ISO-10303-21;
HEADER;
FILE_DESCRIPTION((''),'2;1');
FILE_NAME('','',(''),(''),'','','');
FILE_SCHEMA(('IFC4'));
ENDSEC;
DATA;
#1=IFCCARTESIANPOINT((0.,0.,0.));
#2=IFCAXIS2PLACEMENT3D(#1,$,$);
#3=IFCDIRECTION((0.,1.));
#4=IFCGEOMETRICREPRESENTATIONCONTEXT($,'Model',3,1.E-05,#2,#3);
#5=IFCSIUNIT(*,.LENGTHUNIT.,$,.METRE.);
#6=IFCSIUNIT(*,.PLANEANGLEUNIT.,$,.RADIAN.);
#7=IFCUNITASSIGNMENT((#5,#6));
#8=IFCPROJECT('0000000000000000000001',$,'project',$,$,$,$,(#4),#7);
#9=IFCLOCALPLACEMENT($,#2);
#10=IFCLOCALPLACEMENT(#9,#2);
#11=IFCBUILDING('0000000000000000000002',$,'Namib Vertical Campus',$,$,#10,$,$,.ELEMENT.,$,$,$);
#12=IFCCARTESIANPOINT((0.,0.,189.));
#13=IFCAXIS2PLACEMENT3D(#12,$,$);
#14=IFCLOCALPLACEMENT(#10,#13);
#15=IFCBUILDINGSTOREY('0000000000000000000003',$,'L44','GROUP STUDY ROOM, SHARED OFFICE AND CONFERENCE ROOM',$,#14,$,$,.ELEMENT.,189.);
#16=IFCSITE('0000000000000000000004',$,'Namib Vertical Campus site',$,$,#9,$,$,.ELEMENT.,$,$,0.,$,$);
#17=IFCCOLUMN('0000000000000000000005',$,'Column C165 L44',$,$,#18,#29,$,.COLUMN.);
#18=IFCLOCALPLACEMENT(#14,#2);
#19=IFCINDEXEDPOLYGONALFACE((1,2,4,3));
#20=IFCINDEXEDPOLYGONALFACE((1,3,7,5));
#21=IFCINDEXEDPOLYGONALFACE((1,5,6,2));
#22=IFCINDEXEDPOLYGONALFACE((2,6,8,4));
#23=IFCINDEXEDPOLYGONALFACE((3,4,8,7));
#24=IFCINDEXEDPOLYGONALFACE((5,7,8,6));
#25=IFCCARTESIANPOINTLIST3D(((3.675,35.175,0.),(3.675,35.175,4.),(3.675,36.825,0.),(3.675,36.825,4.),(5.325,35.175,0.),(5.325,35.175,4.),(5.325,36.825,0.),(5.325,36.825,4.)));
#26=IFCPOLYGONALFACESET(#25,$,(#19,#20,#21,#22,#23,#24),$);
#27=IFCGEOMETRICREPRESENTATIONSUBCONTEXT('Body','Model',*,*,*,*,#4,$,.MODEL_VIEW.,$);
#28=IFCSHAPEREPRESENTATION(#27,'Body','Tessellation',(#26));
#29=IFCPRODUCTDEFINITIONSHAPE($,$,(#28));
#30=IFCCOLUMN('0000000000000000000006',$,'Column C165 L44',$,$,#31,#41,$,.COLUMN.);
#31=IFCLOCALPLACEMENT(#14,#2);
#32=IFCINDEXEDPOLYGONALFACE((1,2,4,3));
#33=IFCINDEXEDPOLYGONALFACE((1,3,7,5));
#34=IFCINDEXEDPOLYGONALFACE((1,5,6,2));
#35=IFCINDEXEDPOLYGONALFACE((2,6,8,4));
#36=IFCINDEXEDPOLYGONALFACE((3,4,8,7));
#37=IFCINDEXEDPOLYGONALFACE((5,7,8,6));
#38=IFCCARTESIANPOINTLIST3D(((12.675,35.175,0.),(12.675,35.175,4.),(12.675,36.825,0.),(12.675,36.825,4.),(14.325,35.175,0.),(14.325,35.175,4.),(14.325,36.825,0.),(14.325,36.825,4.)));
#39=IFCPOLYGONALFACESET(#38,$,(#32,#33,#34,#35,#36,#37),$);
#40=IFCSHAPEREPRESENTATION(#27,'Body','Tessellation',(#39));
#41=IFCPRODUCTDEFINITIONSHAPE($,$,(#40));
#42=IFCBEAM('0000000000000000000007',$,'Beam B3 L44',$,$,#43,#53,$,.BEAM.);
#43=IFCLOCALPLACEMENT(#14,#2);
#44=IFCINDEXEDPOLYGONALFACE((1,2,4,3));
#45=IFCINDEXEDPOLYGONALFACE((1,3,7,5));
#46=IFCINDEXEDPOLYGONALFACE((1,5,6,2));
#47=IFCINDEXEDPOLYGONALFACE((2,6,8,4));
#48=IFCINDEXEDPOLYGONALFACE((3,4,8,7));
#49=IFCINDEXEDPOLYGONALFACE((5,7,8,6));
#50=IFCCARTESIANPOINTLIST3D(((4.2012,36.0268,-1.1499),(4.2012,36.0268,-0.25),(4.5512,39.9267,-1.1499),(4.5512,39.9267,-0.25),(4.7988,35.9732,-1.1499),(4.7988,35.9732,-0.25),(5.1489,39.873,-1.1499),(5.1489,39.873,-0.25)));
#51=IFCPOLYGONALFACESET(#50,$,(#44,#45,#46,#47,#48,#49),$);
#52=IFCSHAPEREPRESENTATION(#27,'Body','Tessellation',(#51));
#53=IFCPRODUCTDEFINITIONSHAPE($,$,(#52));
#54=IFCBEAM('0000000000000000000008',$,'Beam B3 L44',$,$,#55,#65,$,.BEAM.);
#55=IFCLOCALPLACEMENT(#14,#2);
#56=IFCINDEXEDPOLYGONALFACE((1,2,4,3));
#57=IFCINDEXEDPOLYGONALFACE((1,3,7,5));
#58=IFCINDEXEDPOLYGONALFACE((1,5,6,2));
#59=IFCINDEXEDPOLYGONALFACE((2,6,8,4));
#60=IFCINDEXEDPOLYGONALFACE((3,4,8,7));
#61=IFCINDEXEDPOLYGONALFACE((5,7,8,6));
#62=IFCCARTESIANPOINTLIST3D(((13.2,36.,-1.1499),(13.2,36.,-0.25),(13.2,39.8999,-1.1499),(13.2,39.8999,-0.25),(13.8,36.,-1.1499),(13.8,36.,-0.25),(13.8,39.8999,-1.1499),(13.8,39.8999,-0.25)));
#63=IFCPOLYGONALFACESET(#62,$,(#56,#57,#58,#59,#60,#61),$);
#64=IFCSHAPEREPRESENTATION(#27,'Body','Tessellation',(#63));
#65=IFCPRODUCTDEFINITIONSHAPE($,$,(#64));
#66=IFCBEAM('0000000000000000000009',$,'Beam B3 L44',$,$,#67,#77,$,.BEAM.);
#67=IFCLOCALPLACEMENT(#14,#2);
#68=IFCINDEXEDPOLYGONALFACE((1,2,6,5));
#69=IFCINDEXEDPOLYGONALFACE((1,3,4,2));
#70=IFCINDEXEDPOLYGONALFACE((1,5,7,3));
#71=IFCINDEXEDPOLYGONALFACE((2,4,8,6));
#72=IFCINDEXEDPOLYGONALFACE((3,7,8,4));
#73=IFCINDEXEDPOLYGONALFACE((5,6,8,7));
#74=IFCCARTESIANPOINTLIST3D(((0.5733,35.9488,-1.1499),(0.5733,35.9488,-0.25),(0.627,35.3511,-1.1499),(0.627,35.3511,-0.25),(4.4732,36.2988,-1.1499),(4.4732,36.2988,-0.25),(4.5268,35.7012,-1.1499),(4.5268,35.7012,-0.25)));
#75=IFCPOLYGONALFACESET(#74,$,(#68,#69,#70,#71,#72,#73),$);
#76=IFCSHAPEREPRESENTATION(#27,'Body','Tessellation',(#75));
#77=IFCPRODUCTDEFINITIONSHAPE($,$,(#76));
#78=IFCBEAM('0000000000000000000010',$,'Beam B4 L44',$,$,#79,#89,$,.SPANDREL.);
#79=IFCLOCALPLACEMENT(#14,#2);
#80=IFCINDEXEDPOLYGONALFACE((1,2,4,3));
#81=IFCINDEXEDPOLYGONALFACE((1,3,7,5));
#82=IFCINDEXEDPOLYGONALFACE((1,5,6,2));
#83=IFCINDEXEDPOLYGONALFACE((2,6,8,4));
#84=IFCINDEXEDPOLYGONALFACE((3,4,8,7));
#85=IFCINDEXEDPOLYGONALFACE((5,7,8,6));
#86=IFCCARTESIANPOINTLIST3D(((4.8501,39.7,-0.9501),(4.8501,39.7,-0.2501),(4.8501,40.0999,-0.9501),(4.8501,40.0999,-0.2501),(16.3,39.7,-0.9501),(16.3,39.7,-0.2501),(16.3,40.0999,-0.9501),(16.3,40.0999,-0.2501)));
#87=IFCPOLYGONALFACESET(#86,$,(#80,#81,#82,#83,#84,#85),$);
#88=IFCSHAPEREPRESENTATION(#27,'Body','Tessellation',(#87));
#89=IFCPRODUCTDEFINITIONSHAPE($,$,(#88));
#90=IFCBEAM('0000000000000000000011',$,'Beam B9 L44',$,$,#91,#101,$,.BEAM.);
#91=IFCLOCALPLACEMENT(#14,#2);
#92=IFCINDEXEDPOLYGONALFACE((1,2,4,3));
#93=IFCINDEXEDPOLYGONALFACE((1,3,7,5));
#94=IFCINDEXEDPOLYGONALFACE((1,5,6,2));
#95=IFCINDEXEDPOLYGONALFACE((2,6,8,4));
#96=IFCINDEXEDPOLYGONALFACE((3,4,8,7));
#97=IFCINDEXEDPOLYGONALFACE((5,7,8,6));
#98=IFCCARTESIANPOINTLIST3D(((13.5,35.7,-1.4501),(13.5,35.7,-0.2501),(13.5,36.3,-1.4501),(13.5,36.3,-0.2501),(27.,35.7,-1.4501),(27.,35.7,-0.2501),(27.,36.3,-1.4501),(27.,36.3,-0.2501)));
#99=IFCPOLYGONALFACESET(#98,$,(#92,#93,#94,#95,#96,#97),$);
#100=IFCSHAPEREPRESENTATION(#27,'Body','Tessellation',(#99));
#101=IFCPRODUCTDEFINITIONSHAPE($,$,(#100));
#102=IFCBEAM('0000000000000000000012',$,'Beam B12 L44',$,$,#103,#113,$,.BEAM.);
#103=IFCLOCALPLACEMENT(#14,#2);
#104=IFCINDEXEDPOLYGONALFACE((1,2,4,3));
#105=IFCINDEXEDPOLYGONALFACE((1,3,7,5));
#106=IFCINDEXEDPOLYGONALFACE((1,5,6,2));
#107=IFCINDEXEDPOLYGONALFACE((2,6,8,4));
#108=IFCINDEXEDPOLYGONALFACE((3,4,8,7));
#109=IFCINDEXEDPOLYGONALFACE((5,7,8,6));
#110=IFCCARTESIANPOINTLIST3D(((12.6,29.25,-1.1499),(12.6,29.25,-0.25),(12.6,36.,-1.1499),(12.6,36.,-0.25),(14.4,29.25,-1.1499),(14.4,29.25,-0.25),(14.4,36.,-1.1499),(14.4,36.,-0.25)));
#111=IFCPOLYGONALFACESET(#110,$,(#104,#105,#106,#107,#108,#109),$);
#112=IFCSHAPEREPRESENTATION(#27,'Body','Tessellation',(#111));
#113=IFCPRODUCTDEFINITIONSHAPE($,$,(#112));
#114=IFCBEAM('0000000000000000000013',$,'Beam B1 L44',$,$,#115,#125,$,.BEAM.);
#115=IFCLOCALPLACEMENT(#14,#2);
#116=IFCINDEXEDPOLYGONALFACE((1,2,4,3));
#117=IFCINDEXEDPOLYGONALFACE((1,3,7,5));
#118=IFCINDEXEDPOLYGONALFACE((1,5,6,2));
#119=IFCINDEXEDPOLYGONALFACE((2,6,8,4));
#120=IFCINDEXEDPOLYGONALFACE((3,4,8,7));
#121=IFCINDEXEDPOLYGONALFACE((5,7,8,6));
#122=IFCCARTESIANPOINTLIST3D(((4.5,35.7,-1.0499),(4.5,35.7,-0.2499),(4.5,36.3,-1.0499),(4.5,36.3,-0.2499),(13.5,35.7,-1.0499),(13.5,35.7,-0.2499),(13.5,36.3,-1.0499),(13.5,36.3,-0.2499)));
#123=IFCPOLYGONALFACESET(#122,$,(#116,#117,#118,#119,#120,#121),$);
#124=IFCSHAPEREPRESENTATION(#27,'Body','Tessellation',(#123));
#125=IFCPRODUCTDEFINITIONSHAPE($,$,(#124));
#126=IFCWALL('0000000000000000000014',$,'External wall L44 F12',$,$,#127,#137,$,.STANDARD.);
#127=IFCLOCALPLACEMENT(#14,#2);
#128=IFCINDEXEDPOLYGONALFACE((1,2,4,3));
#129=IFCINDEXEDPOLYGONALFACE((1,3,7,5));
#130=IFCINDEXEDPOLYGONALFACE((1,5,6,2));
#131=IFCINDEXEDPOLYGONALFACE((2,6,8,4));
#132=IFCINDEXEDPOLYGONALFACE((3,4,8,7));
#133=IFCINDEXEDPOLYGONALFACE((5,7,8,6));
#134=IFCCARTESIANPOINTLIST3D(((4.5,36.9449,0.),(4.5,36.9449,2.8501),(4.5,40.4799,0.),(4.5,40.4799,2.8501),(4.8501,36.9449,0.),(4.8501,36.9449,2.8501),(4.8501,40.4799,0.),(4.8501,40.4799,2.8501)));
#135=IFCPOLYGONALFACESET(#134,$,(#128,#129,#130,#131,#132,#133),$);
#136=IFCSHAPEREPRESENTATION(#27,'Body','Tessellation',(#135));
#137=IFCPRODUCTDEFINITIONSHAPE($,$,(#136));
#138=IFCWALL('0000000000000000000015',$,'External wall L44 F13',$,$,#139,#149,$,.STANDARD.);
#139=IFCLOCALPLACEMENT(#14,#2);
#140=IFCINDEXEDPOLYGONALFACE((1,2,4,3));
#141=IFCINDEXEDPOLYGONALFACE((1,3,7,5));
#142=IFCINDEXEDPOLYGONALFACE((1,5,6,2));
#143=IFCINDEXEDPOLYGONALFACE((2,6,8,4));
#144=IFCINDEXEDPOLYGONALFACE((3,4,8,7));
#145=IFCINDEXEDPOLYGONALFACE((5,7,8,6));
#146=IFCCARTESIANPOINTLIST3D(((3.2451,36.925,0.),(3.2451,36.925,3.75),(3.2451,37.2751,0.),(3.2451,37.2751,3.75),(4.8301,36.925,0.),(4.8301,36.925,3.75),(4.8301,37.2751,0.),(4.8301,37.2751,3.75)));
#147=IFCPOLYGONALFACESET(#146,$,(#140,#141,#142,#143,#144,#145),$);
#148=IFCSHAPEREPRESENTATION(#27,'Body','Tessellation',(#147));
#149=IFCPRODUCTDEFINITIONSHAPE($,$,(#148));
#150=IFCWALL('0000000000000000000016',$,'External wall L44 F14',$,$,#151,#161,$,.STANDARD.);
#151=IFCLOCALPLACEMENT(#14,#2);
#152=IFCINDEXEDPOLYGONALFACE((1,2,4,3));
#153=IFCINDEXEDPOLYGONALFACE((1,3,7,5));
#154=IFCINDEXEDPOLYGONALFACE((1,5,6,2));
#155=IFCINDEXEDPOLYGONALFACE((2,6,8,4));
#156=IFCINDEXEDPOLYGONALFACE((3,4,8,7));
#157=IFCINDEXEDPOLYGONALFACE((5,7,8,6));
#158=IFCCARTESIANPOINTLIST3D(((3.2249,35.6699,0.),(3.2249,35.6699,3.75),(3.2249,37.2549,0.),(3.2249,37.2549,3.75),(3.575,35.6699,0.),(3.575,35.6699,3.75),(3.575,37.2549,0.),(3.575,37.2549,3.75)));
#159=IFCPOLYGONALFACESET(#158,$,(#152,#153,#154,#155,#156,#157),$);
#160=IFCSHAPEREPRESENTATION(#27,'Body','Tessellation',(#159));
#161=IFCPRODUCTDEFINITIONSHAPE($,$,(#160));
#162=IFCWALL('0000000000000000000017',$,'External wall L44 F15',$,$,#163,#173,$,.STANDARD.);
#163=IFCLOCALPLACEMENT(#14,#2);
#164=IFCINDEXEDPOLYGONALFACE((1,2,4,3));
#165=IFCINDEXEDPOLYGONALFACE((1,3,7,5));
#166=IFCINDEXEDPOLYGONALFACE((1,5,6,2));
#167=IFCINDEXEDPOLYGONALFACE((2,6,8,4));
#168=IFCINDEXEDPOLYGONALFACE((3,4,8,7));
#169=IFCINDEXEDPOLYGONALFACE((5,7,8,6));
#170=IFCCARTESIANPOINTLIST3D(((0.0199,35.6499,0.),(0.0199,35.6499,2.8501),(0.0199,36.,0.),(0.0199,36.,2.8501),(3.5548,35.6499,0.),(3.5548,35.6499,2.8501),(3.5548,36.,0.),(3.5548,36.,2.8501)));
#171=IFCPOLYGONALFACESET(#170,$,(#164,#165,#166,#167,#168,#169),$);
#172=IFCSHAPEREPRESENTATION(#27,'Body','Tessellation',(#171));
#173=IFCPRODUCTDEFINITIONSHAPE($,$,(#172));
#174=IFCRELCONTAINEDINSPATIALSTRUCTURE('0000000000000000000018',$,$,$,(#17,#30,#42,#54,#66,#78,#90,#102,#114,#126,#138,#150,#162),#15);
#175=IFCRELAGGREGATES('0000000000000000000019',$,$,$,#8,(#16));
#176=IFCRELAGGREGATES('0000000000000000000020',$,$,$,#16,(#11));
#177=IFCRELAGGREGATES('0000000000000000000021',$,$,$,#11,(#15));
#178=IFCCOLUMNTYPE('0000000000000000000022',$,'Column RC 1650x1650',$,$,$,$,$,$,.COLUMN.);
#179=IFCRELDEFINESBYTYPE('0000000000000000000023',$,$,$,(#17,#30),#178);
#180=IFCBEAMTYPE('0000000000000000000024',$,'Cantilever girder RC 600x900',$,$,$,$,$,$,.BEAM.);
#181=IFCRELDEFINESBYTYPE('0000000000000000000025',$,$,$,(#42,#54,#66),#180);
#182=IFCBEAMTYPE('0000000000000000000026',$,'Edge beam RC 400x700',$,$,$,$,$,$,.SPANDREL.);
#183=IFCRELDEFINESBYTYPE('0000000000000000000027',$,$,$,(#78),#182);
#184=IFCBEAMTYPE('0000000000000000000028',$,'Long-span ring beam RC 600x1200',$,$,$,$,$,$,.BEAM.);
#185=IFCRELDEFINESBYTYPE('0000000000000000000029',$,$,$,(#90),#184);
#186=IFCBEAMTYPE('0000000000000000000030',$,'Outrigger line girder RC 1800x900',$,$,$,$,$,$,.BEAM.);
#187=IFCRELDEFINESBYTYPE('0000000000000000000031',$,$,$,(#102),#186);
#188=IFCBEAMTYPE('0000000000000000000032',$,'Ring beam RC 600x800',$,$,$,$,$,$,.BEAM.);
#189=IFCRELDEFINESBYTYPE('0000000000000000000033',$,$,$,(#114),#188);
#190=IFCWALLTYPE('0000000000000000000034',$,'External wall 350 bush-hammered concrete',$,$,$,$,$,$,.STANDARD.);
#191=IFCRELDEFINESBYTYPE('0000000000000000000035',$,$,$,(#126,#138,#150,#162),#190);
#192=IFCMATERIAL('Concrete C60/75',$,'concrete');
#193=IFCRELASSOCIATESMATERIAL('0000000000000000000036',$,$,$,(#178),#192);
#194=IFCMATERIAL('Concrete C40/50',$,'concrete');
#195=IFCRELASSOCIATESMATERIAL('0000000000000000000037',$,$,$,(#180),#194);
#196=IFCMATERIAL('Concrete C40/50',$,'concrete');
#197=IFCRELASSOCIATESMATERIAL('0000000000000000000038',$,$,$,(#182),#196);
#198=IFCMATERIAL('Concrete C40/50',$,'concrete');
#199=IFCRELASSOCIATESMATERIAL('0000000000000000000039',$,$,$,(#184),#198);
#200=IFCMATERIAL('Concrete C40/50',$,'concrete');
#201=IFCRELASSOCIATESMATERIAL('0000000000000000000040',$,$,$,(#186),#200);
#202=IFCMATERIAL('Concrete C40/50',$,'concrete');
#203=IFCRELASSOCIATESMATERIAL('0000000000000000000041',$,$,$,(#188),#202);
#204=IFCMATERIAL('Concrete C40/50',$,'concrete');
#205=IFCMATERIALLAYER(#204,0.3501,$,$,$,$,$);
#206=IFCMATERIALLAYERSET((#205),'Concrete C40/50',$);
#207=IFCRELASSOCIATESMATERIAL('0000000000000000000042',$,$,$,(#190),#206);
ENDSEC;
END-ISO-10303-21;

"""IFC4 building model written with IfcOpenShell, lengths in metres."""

from ifc_helpers import new_model, si_unit, direction, frame, frame_2d, origin, origin_2d, place, context, subcontext, project, spatial, rectangle, extrude, material, layer, layer_set, material_profile, profile_set, type_object, element, save


model = new_model("IFC4")

# Units and contexts
model_context = context("Model", 3, precision=1e-05, world=origin(), true_north=direction((0.0, 1.0)))
body_context = subcontext(model_context, "Body", "Model", "MODEL_VIEW")
ifc_project = project(units=[si_unit("LENGTHUNIT", "METRE"), si_unit("PLANEANGLEUNIT", "RADIAN")], contexts=[model_context])

# Site, building, storey
site_placement = place(None, origin())
site = spatial("IfcSite", under=ifc_project, at=site_placement, Name="Namib Vertical Campus site", CompositionType="ELEMENT", RefElevation=0.0)
building_placement = place(site_placement, origin())
building = spatial("IfcBuilding", under=site, at=building_placement, Name="Namib Vertical Campus", CompositionType="ELEMENT")
storey_placement = place(building_placement, frame((0.0, 0.0, 189.0)))
storey = spatial("IfcBuildingStorey", under=building, at=storey_placement, Name="L44", Description="GROUP STUDY ROOM, SHARED OFFICE AND CONFERENCE ROOM", CompositionType="ELEMENT", Elevation=189.0)

# Columns
ifc_material_1 = material(Name="Concrete C60/75", Category="concrete")
ifc_material_profile_1 = material_profile(ifc_material_1, rectangle(XDim=1.6499, YDim=1.6499, at=origin_2d()))
ifc_profile_set_1 = profile_set([ifc_material_profile_1], Name="Concrete C60/75")
column_type = type_object("IfcColumnType", Name="Column RC 1650x1650", PredefinedType="COLUMN", material=ifc_profile_set_1)
for number, where, z_axis, x_axis, name in (
    (1, (4.5, 36.0, 0.0), (0.0, 0.0, 1.0), (1.0, 0.0, 0.0), "Column C165 L44"),
    (2, (13.5, 36.0, 0.0), (0.0, 0.0, 1.0), (1.0, 0.0, 0.0), "Column C165 L44"),
):
    element("IfcColumn", number, at=place(storey_placement, frame(where, z_axis=z_axis, x_axis=x_axis)), inside=storey, type_object=column_type, Name=name, PredefinedType="COLUMN", context=body_context, shape_type="SweptSolid", body=[
        extrude(rectangle(XDim=1.6499, YDim=1.6499, at=origin_2d()), origin(), (0.0, 0.0, 1.0), 4.0),
    ])

# Beams
ifc_material_2 = material(Name="Concrete C40/50", Category="concrete")
ifc_material_profile_2 = material_profile(ifc_material_2, rectangle(XDim=0.6001, YDim=0.8999, at=origin_2d()))
ifc_profile_set_2 = profile_set([ifc_material_profile_2], Name="Concrete C40/50")
beam_type_1 = type_object("IfcBeamType", Name="Cantilever girder RC 600x900", PredefinedType="BEAM", material=ifc_profile_set_2)
beam_1_placement = place(storey_placement, frame((4.5, 36.0, -0.7), z_axis=(0.089411, 0.995995, 0.0), x_axis=(-0.995995, 0.089411, 0.0)))
element("IfcBeam", 3, at=beam_1_placement, inside=storey, type_object=beam_type_1, Name="Beam B3 L44", PredefinedType="BEAM", context=body_context, shape_type="SweptSolid", body=[
    extrude(rectangle(XDim=0.6001, YDim=0.8999, at=origin_2d()), origin(), (0.0, 0.0, 1.0), 3.9155),
])
beam_2_placement = place(storey_placement, frame((13.5, 36.0, -0.7), z_axis=(0.0, 1.0, 0.0), x_axis=(-1.0, 0.0, 0.0)))
element("IfcBeam", 4, at=beam_2_placement, inside=storey, type_object=beam_type_1, Name="Beam B3 L44", PredefinedType="BEAM", context=body_context, shape_type="SweptSolid", body=[
    extrude(rectangle(XDim=0.6001, YDim=0.8999, at=origin_2d()), origin(), (0.0, 0.0, 1.0), 3.8999),
])
beam_3_placement = place(storey_placement, frame((4.5, 36.0, -0.7), z_axis=(-0.995995, -0.089411, 0.0), x_axis=(0.089411, -0.995995, 0.0)))
element("IfcBeam", 5, at=beam_3_placement, inside=storey, type_object=beam_type_1, Name="Beam B3 L44", PredefinedType="BEAM", context=body_context, shape_type="SweptSolid", body=[
    extrude(rectangle(XDim=0.6001, YDim=0.8999, at=origin_2d()), origin(), (0.0, 0.0, 1.0), 3.9155),
])
ifc_material_3 = material(Name="Concrete C40/50", Category="concrete")
ifc_material_profile_3 = material_profile(ifc_material_3, rectangle(XDim=0.3999, YDim=0.7, at=origin_2d()))
ifc_profile_set_3 = profile_set([ifc_material_profile_3], Name="Concrete C40/50")
beam_type_2 = type_object("IfcBeamType", Name="Edge beam RC 400x700", PredefinedType="SPANDREL", material=ifc_profile_set_3)
beam_4_placement = place(storey_placement, frame((4.8501, 39.8999, -0.6001), z_axis=(1.0, 0.0, 0.0), x_axis=(0.0, 1.0, 0.0)))
element("IfcBeam", 6, at=beam_4_placement, inside=storey, type_object=beam_type_2, Name="Beam B4 L44", PredefinedType="SPANDREL", context=body_context, shape_type="SweptSolid", body=[
    extrude(rectangle(XDim=0.3999, YDim=0.7, at=origin_2d()), origin(), (0.0, 0.0, 1.0), 11.45),
])
ifc_material_4 = material(Name="Concrete C40/50", Category="concrete")
ifc_material_profile_4 = material_profile(ifc_material_4, rectangle(XDim=0.6001, YDim=1.2, at=origin_2d()))
ifc_profile_set_4 = profile_set([ifc_material_profile_4], Name="Concrete C40/50")
beam_type_3 = type_object("IfcBeamType", Name="Long-span ring beam RC 600x1200", PredefinedType="BEAM", material=ifc_profile_set_4)
beam_5_placement = place(storey_placement, frame((13.5, 36.0, -0.8501), z_axis=(1.0, 0.0, 0.0), x_axis=(0.0, 1.0, 0.0)))
element("IfcBeam", 7, at=beam_5_placement, inside=storey, type_object=beam_type_3, Name="Beam B9 L44", PredefinedType="BEAM", context=body_context, shape_type="SweptSolid", body=[
    extrude(rectangle(XDim=0.6001, YDim=1.2, at=origin_2d()), origin(), (0.0, 0.0, 1.0), 13.5),
])
ifc_material_5 = material(Name="Concrete C40/50", Category="concrete")
ifc_material_profile_5 = material_profile(ifc_material_5, rectangle(XDim=1.8, YDim=0.8999, at=origin_2d()))
ifc_profile_set_5 = profile_set([ifc_material_profile_5], Name="Concrete C40/50")
beam_type_4 = type_object("IfcBeamType", Name="Outrigger line girder RC 1800x900", PredefinedType="BEAM", material=ifc_profile_set_5)
beam_6_placement = place(storey_placement, frame((13.5, 36.0, -0.7), z_axis=(0.0, -1.0, 0.0), x_axis=(1.0, 0.0, 0.0)))
element("IfcBeam", 8, at=beam_6_placement, inside=storey, type_object=beam_type_4, Name="Beam B12 L44", PredefinedType="BEAM", context=body_context, shape_type="SweptSolid", body=[
    extrude(rectangle(XDim=1.8, YDim=0.8999, at=origin_2d()), origin(), (0.0, 0.0, 1.0), 6.75),
])
ifc_material_6 = material(Name="Concrete C40/50", Category="concrete")
ifc_material_profile_6 = material_profile(ifc_material_6, rectangle(XDim=0.6001, YDim=0.8, at=origin_2d()))
ifc_profile_set_6 = profile_set([ifc_material_profile_6], Name="Concrete C40/50")
beam_type_5 = type_object("IfcBeamType", Name="Ring beam RC 600x800", PredefinedType="BEAM", material=ifc_profile_set_6)
beam_7_placement = place(storey_placement, frame((4.5, 36.0, -0.6499), z_axis=(1.0, 0.0, 0.0), x_axis=(0.0, 1.0, 0.0)))
element("IfcBeam", 9, at=beam_7_placement, inside=storey, type_object=beam_type_5, Name="Beam B1 L44", PredefinedType="BEAM", context=body_context, shape_type="SweptSolid", body=[
    extrude(rectangle(XDim=0.6001, YDim=0.8, at=origin_2d()), origin(), (0.0, 0.0, 1.0), 9.0),
])

# Walls
ifc_material_7 = material(Name="Concrete C40/50", Category="concrete")
ifc_layer_1 = layer(ifc_material_7, 0.3501)
ifc_layer_set_1 = layer_set([ifc_layer_1], Name="Concrete C40/50")
wall_type_1 = type_object("IfcWallType", Name="External wall 350 bush-hammered concrete", PredefinedType="STANDARD", material=ifc_layer_set_1)
wall_1_placement = place(storey_placement, frame((4.675, 40.48, 0.0), z_axis=(0.0, 0.0, 1.0), x_axis=(0.0, -1.0, 0.0)))
element("IfcWall", 10, at=wall_1_placement, inside=storey, type_object=wall_type_1, Name="External wall L44 F12", PredefinedType="STANDARD", context=body_context, shape_type="SweptSolid", body=[
    extrude(rectangle(XDim=3.5349, YDim=0.3501, at=frame_2d((1.7676, 0.0))), origin(), (0.0, 0.0, 1.0), 2.8501),
])
for number, where, z_axis, x_axis, name in (
    (11, (4.8301, 37.1001, 0.0), (0.0, 0.0, 1.0), (-1.0, 0.0, 0.0), "External wall L44 F13"),
    (12, (3.3999, 37.2549, 0.0), (0.0, 0.0, 1.0), (0.0, -1.0, 0.0), "External wall L44 F14"),
):
    element("IfcWall", number, at=place(storey_placement, frame(where, z_axis=z_axis, x_axis=x_axis)), inside=storey, type_object=wall_type_1, Name=name, PredefinedType="STANDARD", context=body_context, shape_type="SweptSolid", body=[
        extrude(rectangle(XDim=1.585, YDim=0.3501, at=frame_2d((0.7925, 0.0))), origin(), (0.0, 0.0, 1.0), 3.75),
    ])
wall_2_placement = place(storey_placement, frame((3.5549, 35.825, 0.0), z_axis=(0.0, 0.0, 1.0), x_axis=(-1.0, 0.0, 0.0)))
element("IfcWall", 13, at=wall_2_placement, inside=storey, type_object=wall_type_1, Name="External wall L44 F15", PredefinedType="STANDARD", context=body_context, shape_type="SweptSolid", body=[
    extrude(rectangle(XDim=3.5349, YDim=0.3501, at=frame_2d((1.7676, 0.0))), origin(), (0.0, 0.0, 1.0), 2.8501),
])

save(model, "model.ifc")
